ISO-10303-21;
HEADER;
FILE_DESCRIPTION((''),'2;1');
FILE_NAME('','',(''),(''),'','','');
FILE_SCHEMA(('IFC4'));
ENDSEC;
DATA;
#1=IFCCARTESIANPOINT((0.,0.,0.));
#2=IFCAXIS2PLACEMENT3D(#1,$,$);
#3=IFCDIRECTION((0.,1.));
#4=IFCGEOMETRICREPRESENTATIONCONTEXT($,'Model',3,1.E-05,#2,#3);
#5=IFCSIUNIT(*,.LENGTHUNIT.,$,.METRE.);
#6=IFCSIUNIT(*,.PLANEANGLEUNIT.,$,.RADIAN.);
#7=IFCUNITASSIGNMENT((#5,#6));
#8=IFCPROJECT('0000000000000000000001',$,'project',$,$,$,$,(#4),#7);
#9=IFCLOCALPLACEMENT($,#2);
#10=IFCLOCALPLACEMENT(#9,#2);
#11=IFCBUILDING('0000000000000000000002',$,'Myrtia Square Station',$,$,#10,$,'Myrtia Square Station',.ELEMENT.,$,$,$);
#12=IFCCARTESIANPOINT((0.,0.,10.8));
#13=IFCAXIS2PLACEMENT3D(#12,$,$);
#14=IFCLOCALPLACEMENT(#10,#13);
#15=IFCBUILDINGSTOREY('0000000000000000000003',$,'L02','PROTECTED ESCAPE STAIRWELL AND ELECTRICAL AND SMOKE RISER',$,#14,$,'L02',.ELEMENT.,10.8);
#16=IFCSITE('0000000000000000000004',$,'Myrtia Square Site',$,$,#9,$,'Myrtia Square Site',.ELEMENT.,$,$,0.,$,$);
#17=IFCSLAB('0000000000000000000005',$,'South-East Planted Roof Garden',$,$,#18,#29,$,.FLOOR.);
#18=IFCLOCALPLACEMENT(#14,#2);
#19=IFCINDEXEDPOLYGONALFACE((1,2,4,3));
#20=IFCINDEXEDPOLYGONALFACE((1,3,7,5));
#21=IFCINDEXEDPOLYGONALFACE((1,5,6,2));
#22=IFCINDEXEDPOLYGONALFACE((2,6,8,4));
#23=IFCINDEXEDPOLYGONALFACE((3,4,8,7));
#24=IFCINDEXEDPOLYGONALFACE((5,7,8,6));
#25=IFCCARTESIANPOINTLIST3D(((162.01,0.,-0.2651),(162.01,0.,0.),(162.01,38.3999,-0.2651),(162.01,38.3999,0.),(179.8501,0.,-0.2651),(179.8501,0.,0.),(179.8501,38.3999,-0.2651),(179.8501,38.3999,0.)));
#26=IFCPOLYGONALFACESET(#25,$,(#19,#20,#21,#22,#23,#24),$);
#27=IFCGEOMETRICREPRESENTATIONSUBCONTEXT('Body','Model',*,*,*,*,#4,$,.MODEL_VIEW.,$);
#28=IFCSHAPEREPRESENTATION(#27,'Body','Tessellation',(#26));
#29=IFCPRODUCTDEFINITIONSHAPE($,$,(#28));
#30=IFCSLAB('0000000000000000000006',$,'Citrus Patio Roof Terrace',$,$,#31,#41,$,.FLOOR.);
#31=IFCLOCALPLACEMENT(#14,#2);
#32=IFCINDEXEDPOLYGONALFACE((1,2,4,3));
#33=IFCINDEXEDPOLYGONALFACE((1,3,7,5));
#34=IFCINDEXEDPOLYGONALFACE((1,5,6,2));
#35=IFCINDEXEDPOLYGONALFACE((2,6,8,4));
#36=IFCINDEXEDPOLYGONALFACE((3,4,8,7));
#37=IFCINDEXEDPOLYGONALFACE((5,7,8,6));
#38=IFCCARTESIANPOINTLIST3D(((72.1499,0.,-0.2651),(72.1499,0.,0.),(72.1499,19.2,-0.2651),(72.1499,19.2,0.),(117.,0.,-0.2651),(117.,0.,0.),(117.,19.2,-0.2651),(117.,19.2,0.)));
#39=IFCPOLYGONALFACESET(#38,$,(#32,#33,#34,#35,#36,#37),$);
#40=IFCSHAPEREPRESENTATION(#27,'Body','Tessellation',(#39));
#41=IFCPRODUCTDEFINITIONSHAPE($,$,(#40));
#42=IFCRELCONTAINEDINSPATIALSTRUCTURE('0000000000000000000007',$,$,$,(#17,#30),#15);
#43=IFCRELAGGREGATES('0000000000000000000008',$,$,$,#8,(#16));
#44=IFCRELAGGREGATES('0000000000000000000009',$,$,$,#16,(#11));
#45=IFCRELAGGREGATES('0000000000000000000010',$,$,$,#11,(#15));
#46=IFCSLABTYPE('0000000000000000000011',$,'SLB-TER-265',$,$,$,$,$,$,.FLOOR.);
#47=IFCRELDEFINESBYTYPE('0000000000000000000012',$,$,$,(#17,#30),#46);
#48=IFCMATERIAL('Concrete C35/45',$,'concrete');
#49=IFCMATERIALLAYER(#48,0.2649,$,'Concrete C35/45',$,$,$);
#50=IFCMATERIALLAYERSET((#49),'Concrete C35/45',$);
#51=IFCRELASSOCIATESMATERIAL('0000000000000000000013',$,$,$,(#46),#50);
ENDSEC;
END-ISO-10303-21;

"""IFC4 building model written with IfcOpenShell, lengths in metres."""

from ifc_helpers import new_model, si_unit, direction, frame, origin, place, context, subcontext, project, spatial, polyline, outline, extrude, material, layer, layer_set, type_object, element, save


model = new_model("IFC4")

# Units and contexts
model_context = context("Model", 3, precision=1e-05, world=origin(), true_north=direction((0.0, 1.0)))
body_context = subcontext(model_context, "Body", "Model", "MODEL_VIEW")
ifc_project = project(units=[si_unit("LENGTHUNIT", "METRE"), si_unit("PLANEANGLEUNIT", "RADIAN")], contexts=[model_context])

# Site, building, storey
site_placement = place(None, origin())
site = spatial("IfcSite", under=ifc_project, at=site_placement, Name="Myrtia Square Site", LongName="Myrtia Square Site", CompositionType="ELEMENT", RefElevation=0.0)
building_placement = place(site_placement, origin())
building = spatial("IfcBuilding", under=site, at=building_placement, Name="Myrtia Square Station", LongName="Myrtia Square Station", CompositionType="ELEMENT")
storey_placement = place(building_placement, frame((0.0, 0.0, 10.8)))
storey = spatial("IfcBuildingStorey", under=building, at=storey_placement, Name="L02", Description="PROTECTED ESCAPE STAIRWELL AND ELECTRICAL AND SMOKE RISER", LongName="L02", CompositionType="ELEMENT", Elevation=10.8)

# Shared definitions
ifc_material_1 = material(Name="Concrete C35/45", Category="concrete")

# Slabs
ifc_layer_1 = layer(ifc_material_1, 0.2649, Name="Concrete C35/45")
ifc_layer_set_1 = layer_set([ifc_layer_1], Name="Concrete C35/45")
slab_type_1 = type_object("IfcSlabType", Name="SLB-TER-265", PredefinedType="FLOOR", material=ifc_layer_set_1)
slab_1_placement = place(storey_placement, frame((0.0, 0.0, -0.2651)))
element("IfcSlab", 1, at=slab_1_placement, inside=storey, type_object=slab_type_1, Name="South-East Planted Roof Garden", PredefinedType="FLOOR", context=body_context, shape_type="SweptSolid", body=[
    extrude(outline(polyline([(162.01, 0.0), (179.8501, 0.0), (179.8501, 38.3999), (162.01, 38.3999), (162.01, 0.0)])), origin(), (0.0, 0.0, 1.0), 0.2651),
])
slab_2_placement = place(storey_placement, frame((0.0, 0.0, -0.2651)))
element("IfcSlab", 2, at=slab_2_placement, inside=storey, type_object=slab_type_1, Name="Citrus Patio Roof Terrace", PredefinedType="FLOOR", context=body_context, shape_type="SweptSolid", body=[
    extrude(outline(polyline([(72.1499, 0.0), (117.0, 0.0), (117.0, 19.2), (72.1499, 19.2), (72.1499, 0.0)])), origin(), (0.0, 0.0, 1.0), 0.2651),
])

save(model, "model.ifc")
